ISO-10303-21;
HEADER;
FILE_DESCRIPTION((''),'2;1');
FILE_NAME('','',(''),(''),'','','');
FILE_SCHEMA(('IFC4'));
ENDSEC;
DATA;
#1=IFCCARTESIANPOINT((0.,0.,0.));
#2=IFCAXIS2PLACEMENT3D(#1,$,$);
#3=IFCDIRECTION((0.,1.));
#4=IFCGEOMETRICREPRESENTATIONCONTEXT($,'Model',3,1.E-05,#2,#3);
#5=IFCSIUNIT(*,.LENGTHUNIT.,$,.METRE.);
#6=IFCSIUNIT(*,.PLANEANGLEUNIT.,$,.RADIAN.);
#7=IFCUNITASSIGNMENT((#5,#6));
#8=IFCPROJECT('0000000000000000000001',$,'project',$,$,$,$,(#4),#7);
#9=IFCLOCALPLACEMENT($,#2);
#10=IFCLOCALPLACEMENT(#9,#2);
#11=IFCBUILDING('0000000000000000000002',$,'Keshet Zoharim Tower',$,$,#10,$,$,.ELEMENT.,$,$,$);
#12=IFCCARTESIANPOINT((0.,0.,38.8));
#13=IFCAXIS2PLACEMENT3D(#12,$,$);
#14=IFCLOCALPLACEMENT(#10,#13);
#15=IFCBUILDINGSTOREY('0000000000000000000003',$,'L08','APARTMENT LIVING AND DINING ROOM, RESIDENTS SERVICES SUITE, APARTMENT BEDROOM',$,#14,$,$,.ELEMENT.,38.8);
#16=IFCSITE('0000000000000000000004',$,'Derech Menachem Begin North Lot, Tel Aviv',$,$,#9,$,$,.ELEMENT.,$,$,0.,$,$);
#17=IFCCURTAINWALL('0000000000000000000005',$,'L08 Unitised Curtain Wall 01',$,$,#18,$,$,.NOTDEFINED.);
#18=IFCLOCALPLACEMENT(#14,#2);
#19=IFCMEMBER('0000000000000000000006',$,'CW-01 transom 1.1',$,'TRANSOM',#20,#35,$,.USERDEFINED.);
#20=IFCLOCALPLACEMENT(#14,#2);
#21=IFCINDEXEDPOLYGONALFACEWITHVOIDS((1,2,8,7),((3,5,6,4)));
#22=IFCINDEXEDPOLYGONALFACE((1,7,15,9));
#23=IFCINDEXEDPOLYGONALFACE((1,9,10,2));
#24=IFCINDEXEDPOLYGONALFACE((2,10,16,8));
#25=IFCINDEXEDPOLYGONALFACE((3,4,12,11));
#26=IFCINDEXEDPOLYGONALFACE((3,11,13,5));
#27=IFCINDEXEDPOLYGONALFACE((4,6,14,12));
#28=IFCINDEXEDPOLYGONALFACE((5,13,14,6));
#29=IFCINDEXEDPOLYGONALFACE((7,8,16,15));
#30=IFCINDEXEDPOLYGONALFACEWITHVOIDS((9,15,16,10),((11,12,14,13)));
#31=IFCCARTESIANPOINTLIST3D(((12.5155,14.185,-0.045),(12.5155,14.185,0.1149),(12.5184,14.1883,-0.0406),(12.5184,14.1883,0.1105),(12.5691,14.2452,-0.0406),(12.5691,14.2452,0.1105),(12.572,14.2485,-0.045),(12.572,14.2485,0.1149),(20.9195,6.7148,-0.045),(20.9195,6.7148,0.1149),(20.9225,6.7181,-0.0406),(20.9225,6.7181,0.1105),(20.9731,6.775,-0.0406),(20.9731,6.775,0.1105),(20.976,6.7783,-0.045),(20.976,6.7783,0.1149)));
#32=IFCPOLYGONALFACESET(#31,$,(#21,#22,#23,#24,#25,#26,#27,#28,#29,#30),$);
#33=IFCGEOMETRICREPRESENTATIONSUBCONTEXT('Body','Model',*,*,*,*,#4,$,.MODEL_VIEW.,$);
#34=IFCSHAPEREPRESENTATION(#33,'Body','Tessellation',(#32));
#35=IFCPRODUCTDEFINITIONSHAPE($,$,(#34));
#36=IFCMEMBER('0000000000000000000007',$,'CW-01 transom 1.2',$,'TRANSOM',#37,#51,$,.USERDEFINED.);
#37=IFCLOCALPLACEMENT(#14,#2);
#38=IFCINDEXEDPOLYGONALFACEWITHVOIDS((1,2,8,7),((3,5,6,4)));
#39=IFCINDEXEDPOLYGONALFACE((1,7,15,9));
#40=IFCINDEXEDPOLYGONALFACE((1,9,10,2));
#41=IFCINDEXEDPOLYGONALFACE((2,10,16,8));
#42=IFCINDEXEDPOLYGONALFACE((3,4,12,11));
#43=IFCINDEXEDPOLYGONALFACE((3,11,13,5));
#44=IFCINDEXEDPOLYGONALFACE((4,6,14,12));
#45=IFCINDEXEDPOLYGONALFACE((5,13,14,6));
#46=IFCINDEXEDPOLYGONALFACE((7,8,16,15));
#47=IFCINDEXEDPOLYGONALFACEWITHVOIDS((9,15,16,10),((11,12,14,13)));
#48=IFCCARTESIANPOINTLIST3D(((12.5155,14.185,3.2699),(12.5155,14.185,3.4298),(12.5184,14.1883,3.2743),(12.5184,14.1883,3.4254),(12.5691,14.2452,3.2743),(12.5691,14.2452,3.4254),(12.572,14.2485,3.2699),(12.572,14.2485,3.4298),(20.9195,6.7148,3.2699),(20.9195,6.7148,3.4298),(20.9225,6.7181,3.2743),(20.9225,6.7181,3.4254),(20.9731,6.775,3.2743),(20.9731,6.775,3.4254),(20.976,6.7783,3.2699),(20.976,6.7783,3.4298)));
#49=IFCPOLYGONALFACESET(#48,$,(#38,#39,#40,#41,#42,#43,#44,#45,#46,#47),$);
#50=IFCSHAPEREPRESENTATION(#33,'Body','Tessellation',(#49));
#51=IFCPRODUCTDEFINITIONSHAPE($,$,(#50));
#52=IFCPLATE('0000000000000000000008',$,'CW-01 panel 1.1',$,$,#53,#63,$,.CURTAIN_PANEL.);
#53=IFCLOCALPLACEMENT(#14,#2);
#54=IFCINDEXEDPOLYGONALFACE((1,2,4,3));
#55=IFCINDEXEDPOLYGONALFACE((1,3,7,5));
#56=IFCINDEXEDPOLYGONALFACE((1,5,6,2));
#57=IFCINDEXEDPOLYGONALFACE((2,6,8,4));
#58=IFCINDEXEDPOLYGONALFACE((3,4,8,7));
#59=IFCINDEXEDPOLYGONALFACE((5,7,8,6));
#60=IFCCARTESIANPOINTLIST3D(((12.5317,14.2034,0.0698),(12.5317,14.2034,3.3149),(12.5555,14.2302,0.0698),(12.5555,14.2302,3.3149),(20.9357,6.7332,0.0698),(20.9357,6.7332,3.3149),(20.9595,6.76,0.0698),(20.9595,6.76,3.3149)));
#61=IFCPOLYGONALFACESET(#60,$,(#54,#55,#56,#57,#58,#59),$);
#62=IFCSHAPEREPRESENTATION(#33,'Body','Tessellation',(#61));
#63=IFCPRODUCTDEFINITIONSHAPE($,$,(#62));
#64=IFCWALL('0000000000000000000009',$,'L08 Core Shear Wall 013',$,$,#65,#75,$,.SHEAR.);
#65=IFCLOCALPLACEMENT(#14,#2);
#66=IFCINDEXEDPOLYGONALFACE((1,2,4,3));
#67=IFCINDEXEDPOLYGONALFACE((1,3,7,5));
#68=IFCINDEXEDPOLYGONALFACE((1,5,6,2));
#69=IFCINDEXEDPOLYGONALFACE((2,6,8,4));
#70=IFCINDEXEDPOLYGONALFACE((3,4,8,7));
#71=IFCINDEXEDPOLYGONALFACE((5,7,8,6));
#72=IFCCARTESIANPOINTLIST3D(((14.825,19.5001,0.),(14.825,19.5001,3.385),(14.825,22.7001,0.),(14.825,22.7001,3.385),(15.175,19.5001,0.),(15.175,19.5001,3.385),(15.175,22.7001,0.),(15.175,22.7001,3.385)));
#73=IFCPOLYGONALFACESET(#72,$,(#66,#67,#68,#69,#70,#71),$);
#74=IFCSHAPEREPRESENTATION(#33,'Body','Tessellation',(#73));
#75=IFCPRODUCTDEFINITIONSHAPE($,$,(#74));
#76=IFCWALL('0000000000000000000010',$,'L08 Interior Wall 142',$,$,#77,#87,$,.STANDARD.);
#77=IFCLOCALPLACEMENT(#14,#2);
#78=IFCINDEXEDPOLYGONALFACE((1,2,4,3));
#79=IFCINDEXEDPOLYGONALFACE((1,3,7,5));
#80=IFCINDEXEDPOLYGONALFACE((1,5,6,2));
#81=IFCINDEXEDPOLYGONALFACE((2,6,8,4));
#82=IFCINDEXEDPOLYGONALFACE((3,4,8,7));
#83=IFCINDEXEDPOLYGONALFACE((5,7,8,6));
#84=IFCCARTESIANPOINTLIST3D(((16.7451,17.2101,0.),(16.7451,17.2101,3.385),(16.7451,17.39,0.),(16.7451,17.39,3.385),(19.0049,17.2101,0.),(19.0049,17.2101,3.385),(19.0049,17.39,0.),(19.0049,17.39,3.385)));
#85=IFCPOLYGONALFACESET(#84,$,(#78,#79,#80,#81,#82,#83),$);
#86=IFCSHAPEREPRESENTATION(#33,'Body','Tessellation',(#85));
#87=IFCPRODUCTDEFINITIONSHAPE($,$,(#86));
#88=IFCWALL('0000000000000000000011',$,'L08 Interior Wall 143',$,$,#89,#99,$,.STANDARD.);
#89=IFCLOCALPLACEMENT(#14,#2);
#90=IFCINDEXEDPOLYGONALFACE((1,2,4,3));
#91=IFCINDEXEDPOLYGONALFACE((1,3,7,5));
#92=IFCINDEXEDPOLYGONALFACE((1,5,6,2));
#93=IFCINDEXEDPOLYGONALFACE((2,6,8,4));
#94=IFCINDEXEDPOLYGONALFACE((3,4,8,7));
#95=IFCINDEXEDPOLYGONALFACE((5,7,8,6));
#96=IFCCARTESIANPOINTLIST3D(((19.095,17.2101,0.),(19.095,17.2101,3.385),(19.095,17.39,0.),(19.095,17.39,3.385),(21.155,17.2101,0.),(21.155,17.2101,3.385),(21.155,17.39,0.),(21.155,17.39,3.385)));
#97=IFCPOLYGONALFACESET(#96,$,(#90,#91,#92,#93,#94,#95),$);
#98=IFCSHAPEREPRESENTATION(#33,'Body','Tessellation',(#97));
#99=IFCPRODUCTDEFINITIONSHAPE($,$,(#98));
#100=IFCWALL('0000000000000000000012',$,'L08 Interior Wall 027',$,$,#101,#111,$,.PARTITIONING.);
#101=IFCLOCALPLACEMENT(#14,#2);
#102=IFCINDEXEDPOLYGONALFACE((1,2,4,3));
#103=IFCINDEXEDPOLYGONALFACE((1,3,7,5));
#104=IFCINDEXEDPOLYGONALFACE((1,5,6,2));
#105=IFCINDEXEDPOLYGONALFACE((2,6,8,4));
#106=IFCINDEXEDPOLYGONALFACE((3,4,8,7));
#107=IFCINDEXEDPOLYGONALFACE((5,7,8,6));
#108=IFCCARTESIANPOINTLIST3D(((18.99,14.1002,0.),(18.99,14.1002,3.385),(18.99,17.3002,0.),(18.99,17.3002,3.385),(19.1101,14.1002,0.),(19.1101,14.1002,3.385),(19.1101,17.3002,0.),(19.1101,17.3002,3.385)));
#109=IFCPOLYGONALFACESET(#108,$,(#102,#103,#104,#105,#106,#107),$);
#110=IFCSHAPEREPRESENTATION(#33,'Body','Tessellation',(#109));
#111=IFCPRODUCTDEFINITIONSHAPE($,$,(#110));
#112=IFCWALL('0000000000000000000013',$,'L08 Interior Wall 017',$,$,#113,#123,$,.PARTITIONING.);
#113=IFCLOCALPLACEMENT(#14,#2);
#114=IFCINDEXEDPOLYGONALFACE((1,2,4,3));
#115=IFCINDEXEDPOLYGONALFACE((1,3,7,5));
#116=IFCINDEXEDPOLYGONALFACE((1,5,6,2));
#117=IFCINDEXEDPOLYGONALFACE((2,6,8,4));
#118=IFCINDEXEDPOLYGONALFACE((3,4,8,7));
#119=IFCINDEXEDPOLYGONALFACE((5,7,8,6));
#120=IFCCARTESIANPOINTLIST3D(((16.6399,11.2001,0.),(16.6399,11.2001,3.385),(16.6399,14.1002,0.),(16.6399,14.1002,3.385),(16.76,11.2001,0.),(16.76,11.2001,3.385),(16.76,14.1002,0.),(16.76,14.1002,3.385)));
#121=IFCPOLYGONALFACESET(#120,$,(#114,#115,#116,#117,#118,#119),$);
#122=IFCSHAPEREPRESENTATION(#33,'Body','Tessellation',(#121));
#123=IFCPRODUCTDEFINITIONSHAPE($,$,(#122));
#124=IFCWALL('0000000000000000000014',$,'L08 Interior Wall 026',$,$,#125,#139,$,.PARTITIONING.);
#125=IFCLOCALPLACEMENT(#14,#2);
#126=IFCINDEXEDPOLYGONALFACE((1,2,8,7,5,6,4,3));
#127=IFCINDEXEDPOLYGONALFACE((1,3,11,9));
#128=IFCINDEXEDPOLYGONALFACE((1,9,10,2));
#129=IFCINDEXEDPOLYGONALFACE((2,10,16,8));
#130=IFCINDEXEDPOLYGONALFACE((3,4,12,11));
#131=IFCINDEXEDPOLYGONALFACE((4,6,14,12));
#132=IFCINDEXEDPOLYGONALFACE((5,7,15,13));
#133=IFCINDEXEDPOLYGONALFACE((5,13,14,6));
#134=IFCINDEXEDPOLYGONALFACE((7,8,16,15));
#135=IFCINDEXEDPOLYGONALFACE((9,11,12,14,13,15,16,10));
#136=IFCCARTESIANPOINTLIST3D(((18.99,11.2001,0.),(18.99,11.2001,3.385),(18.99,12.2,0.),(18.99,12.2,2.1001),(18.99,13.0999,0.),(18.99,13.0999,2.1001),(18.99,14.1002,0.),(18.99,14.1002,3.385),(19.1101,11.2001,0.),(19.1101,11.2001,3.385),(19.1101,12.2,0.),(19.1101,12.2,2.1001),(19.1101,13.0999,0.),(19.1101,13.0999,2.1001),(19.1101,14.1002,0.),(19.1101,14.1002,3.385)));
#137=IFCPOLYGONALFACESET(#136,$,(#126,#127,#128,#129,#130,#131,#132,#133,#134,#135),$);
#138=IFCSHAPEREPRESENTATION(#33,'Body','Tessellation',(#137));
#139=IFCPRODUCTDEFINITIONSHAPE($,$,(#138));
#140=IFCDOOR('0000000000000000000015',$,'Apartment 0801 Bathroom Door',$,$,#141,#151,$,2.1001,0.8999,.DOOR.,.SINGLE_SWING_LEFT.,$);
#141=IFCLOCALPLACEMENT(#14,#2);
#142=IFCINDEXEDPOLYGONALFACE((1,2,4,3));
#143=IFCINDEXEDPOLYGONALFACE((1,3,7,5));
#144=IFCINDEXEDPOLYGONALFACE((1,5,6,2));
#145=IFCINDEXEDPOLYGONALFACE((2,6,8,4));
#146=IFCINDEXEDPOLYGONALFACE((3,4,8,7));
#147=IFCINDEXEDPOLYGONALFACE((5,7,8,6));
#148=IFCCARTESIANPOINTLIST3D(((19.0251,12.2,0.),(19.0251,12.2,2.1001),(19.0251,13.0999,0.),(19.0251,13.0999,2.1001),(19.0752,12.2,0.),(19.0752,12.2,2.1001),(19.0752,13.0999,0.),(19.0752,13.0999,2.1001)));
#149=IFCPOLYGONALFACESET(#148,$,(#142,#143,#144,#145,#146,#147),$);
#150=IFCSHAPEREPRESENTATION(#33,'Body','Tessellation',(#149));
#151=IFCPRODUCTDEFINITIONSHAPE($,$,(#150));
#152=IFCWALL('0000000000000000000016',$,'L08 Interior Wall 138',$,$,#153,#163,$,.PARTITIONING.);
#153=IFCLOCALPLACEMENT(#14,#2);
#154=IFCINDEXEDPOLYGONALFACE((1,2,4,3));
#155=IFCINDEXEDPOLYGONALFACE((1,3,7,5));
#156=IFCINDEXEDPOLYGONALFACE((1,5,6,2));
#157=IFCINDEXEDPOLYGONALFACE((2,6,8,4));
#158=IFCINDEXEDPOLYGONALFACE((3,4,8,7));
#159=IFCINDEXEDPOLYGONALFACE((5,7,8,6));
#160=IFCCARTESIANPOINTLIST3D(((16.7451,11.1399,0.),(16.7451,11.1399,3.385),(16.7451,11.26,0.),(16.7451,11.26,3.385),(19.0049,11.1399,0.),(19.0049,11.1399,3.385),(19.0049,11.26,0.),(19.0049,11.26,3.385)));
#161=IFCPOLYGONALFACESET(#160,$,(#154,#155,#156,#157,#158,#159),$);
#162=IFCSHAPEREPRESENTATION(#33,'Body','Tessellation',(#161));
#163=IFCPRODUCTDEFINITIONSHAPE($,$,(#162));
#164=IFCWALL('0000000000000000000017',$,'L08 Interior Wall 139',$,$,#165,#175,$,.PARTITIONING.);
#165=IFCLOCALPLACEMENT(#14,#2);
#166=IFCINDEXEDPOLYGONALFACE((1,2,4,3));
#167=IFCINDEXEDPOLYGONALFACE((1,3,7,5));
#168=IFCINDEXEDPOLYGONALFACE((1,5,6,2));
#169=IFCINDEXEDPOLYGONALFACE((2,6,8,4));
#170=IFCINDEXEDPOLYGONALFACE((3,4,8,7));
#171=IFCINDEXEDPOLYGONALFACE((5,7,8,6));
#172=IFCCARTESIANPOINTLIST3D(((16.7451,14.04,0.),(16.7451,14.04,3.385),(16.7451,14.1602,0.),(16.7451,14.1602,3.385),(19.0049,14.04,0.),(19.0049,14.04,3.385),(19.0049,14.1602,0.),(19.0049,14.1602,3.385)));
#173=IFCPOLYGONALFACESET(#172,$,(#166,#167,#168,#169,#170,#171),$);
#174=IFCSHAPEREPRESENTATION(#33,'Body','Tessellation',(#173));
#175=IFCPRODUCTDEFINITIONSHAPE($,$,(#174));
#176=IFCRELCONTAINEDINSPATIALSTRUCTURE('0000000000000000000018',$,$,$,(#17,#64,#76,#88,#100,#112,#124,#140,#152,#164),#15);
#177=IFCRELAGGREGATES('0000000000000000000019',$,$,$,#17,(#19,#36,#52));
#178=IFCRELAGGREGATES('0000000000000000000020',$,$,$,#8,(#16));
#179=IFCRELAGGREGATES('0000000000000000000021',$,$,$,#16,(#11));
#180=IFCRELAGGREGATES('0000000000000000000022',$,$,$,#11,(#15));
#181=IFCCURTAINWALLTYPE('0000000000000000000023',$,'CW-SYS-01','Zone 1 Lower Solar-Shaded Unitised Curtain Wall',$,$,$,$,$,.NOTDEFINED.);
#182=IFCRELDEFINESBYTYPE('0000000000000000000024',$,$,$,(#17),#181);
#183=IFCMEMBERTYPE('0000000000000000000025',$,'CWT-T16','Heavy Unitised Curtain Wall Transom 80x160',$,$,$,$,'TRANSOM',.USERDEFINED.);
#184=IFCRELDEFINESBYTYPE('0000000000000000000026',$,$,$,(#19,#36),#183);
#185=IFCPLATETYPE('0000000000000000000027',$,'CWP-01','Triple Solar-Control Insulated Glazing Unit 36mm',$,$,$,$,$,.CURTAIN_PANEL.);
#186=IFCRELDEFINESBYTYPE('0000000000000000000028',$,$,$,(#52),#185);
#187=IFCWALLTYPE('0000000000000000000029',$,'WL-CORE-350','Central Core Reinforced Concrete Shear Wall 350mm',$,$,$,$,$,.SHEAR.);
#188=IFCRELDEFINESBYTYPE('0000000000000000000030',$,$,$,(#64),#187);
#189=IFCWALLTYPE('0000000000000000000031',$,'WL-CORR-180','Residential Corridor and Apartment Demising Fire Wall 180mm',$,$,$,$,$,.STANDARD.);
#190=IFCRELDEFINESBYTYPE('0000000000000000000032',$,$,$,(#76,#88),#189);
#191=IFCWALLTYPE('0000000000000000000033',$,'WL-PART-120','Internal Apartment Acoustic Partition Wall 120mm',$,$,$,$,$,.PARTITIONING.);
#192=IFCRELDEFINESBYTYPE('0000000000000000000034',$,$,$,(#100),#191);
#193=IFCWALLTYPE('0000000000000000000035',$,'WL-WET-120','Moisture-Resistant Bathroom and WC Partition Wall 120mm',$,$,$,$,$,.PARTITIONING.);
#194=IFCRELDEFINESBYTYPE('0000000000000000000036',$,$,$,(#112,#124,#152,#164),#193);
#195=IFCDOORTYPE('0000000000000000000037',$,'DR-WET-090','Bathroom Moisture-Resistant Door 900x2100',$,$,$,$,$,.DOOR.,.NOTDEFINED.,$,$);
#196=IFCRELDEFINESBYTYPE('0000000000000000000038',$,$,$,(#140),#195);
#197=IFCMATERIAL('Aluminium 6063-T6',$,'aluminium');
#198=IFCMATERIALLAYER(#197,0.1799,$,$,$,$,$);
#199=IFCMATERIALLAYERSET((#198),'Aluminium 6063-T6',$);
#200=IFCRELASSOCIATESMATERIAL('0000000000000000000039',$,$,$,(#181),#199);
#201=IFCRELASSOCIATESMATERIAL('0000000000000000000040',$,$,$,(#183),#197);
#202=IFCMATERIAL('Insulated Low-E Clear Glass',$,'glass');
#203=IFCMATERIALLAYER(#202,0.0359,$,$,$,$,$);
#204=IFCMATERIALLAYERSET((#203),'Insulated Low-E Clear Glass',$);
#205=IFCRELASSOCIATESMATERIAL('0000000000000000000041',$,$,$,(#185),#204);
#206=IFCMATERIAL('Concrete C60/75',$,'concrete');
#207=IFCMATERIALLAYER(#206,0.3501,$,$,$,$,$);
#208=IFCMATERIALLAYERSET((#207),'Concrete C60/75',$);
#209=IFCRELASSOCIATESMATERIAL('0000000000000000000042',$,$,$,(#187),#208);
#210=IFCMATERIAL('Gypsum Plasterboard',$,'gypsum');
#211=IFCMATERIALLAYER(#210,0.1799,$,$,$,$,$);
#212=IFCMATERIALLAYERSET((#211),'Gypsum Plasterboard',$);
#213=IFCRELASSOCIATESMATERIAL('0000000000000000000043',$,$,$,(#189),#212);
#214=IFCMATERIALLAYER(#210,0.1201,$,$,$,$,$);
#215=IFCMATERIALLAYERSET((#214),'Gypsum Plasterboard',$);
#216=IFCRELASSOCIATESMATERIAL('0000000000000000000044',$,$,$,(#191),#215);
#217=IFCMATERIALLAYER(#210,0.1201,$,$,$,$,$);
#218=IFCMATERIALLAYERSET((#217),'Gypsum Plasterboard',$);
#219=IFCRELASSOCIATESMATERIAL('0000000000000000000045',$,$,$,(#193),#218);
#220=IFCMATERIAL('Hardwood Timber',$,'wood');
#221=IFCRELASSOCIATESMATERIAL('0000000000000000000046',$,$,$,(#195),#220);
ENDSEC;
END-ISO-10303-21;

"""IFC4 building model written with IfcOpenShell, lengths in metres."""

from ifc_helpers import new_model, si_unit, direction, frame, frame_2d, origin, origin_2d, place, context, subcontext, project, spatial, rectangle, hollow_rectangle, extrude, material, layer, layer_set, material_profile, profile_set, type_object, element, fill, aggregate, save


model = new_model("IFC4")

# Units and contexts
model_context = context("Model", 3, precision=1e-05, world=origin(), true_north=direction((0.0, 1.0)))
body_context = subcontext(model_context, "Body", "Model", "MODEL_VIEW")
ifc_project = project(units=[si_unit("LENGTHUNIT", "METRE"), si_unit("PLANEANGLEUNIT", "RADIAN")], contexts=[model_context])

# Site, building, storey
site_placement = place(None, origin())
site = spatial("IfcSite", under=ifc_project, at=site_placement, Name="Derech Menachem Begin North Lot, Tel Aviv", CompositionType="ELEMENT", RefElevation=0.0)
building_placement = place(site_placement, origin())
building = spatial("IfcBuilding", under=site, at=building_placement, Name="Keshet Zoharim Tower", CompositionType="ELEMENT")
storey_placement = place(building_placement, frame((0.0, 0.0, 38.8)))
storey = spatial("IfcBuildingStorey", under=building, at=storey_placement, Name="L08", Description="APARTMENT LIVING AND DINING ROOM, RESIDENTS SERVICES SUITE, APARTMENT BEDROOM", CompositionType="ELEMENT", Elevation=38.8)

# Shared definitions
ifc_material_1 = material(Name="Concrete C60/75", Category="concrete")

# Curtain wall, members, plate
ifc_material_2 = material(Name="Aluminium 6063-T6", Category="aluminium")
ifc_layer_1 = layer(ifc_material_2, 0.1799)
ifc_layer_set_1 = layer_set([ifc_layer_1], Name="Aluminium 6063-T6")
curtain_wall_type = type_object("IfcCurtainWallType", Name="CW-SYS-01", Description="Zone 1 Lower Solar-Shaded Unitised Curtain Wall", PredefinedType="NOTDEFINED", material=ifc_layer_set_1)
curtain_wall_placement = place(storey_placement, origin())
curtain_wall = element("IfcCurtainWall", 1, at=curtain_wall_placement, inside=storey, type_object=curtain_wall_type, Name="L08 Unitised Curtain Wall 01", PredefinedType="NOTDEFINED")
ifc_material_profile_1 = material_profile(ifc_material_2, hollow_rectangle(XDim=0.085, YDim=0.1599, WallThickness=0.0044, at=origin_2d()), Name="TRN-85x160")
ifc_profile_set_1 = profile_set([ifc_material_profile_1], Name="Aluminium 6063-T6")
member_type_1 = type_object("IfcMemberType", Name="CWT-T16", Description="Heavy Unitised Curtain Wall Transom 80x160", ElementType="TRANSOM", PredefinedType="USERDEFINED", material=ifc_profile_set_1)
member_1_placement = place(storey_placement, frame((20.9478, 6.7466, 0.0349), z_axis=(-0.747412, 0.664361, 0.0), x_axis=(-0.664361, -0.747412, 0.0)))
member_1 = element("IfcMember", 2, at=member_1_placement, type_object=member_type_1, Name="CW-01 transom 1.1", ObjectType="TRANSOM", PredefinedType="USERDEFINED", context=body_context, shape_type="SweptSolid", body=[
    extrude(hollow_rectangle(XDim=0.085, YDim=0.1599, WallThickness=0.0044, at=origin_2d()), origin(), (0.0, 0.0, 1.0), 11.2441),
])
member_2_placement = place(storey_placement, frame((20.9478, 6.7466, 3.3499), z_axis=(-0.747412, 0.664361, 0.0), x_axis=(-0.664361, -0.747412, 0.0)))
member_2 = element("IfcMember", 3, at=member_2_placement, type_object=member_type_1, Name="CW-01 transom 1.2", ObjectType="TRANSOM", PredefinedType="USERDEFINED", context=body_context, shape_type="SweptSolid", body=[
    extrude(hollow_rectangle(XDim=0.085, YDim=0.1599, WallThickness=0.0044, at=origin_2d()), origin(), (0.0, 0.0, 1.0), 11.2441),
])
ifc_material_3 = material(Name="Insulated Low-E Clear Glass", Category="glass")
ifc_layer_2 = layer(ifc_material_3, 0.0359)
ifc_layer_set_2 = layer_set([ifc_layer_2], Name="Insulated Low-E Clear Glass")
plate_type = type_object("IfcPlateType", Name="CWP-01", Description="Triple Solar-Control Insulated Glazing Unit 36mm", PredefinedType="CURTAIN_PANEL", material=ifc_layer_set_2)
plate_placement = place(storey_placement, frame((16.7456, 10.4817, 0.0698), z_axis=(0.0, 0.0, 1.0), x_axis=(-0.747409, 0.664364, 0.0)))
plate = element("IfcPlate", 4, at=plate_placement, type_object=plate_type, Name="CW-01 panel 1.1", PredefinedType="CURTAIN_PANEL", context=body_context, shape_type="SweptSolid", body=[
    extrude(rectangle(XDim=11.2441, YDim=0.0359, at=origin_2d()), origin(), (0.0, 0.0, 1.0), 3.2451),
])
aggregate(curtain_wall, [member_1, member_2, plate])

# Walls
ifc_layer_3 = layer(ifc_material_1, 0.3501)
ifc_layer_set_3 = layer_set([ifc_layer_3], Name="Concrete C60/75")
wall_type_1 = type_object("IfcWallType", Name="WL-CORE-350", Description="Central Core Reinforced Concrete Shear Wall 350mm", PredefinedType="SHEAR", material=ifc_layer_set_3)
wall_1_placement = place(storey_placement, frame((15.0, 19.5, 0.0), z_axis=(0.0, 0.0, 1.0), x_axis=(0.0, 1.0, 0.0)))
element("IfcWall", 5, at=wall_1_placement, inside=storey, type_object=wall_type_1, Name="L08 Core Shear Wall 013", PredefinedType="SHEAR", context=body_context, shape_type="SweptSolid", body=[
    extrude(rectangle(XDim=3.2, YDim=0.3501, at=frame_2d((1.6001, 0.0))), origin(), (0.0, 0.0, 1.0), 3.385),
])
ifc_material_4 = material(Name="Gypsum Plasterboard", Category="gypsum")
ifc_layer_4 = layer(ifc_material_4, 0.1799)
ifc_layer_set_4 = layer_set([ifc_layer_4], Name="Gypsum Plasterboard")
wall_type_2 = type_object("IfcWallType", Name="WL-CORR-180", Description="Residential Corridor and Apartment Demising Fire Wall 180mm", PredefinedType="STANDARD", material=ifc_layer_set_4)
wall_2_placement = place(storey_placement, frame((16.7451, 17.3, 0.0), z_axis=(0.0, 0.0, 1.0), x_axis=(1.0, 0.0, 0.0)))
element("IfcWall", 6, at=wall_2_placement, inside=storey, type_object=wall_type_2, Name="L08 Interior Wall 142", PredefinedType="STANDARD", context=body_context, shape_type="SweptSolid", body=[
    extrude(rectangle(XDim=2.2598, YDim=0.1799, at=frame_2d((1.1299, 0.0))), origin(), (0.0, 0.0, 1.0), 3.385),
])
wall_3_placement = place(storey_placement, frame((19.095, 17.3, 0.0), z_axis=(0.0, 0.0, 1.0), x_axis=(1.0, 0.0, 0.0)))
element("IfcWall", 7, at=wall_3_placement, inside=storey, type_object=wall_type_2, Name="L08 Interior Wall 143", PredefinedType="STANDARD", context=body_context, shape_type="SweptSolid", body=[
    extrude(rectangle(XDim=2.0601, YDim=0.1799, at=frame_2d((1.03, 0.0))), origin(), (0.0, 0.0, 1.0), 3.385),
])

# Shared definitions
ifc_layer_5 = layer(ifc_material_4, 0.1201)
ifc_layer_set_5 = layer_set([ifc_layer_5], Name="Gypsum Plasterboard")
wall_type_3 = type_object("IfcWallType", Name="WL-PART-120", Description="Internal Apartment Acoustic Partition Wall 120mm", PredefinedType="PARTITIONING", material=ifc_layer_set_5)
ifc_material_5 = material(Name="Hardwood Timber", Category="wood")

# Walls
wall_4_placement = place(storey_placement, frame((19.05, 14.1001, 0.0), z_axis=(0.0, 0.0, 1.0), x_axis=(0.0, 1.0, 0.0)))
element("IfcWall", 8, at=wall_4_placement, inside=storey, type_object=wall_type_3, Name="L08 Interior Wall 027", PredefinedType="PARTITIONING", context=body_context, shape_type="SweptSolid", body=[
    extrude(rectangle(XDim=3.2, YDim=0.1201, at=frame_2d((1.6001, 0.0))), origin(), (0.0, 0.0, 1.0), 3.385),
])
ifc_layer_6 = layer(ifc_material_4, 0.1201)
ifc_layer_set_6 = layer_set([ifc_layer_6], Name="Gypsum Plasterboard")
wall_type_4 = type_object("IfcWallType", Name="WL-WET-120", Description="Moisture-Resistant Bathroom and WC Partition Wall 120mm", PredefinedType="PARTITIONING", material=ifc_layer_set_6)
wall_5_placement = place(storey_placement, frame((16.7, 11.2, 0.0), z_axis=(0.0, 0.0, 1.0), x_axis=(0.0, 1.0, 0.0)))
element("IfcWall", 9, at=wall_5_placement, inside=storey, type_object=wall_type_4, Name="L08 Interior Wall 017", PredefinedType="PARTITIONING", context=body_context, shape_type="SweptSolid", body=[
    extrude(rectangle(XDim=2.9001, YDim=0.1201, at=frame_2d((1.4502, 0.0))), origin(), (0.0, 0.0, 1.0), 3.385),
])

# Wall, opening, door
wall_6_placement = place(storey_placement, frame((19.05, 11.2, 0.0), z_axis=(0.0, 0.0, 1.0), x_axis=(0.0, 1.0, 0.0)))
wall_6 = element("IfcWall", 10, at=wall_6_placement, inside=storey, type_object=wall_type_4, Name="L08 Interior Wall 026", PredefinedType="PARTITIONING", context=body_context, shape_type="SweptSolid", body=[
    extrude(rectangle(XDim=2.9001, YDim=0.1201, at=frame_2d((1.4502, 0.0))), origin(), (0.0, 0.0, 1.0), 3.385),
])
opening_1_placement = place(wall_6_placement, frame((1.0, 0.0, 0.0)))
opening_1 = element("IfcOpeningElement", 11, at=opening_1_placement, cuts=wall_6, PredefinedType="OPENING", context=body_context, shape_type="SweptSolid", body=[
    extrude(rectangle(XDim=0.8999, YDim=2.1001, at=frame_2d((0.45, 1.05))), frame((0.0, 0.0701, 0.0), z_axis=(0.0, -1.0, 0.0), x_axis=(1.0, 0.0, 0.0)), (0.0, 0.0, 1.0), 0.1401),
])
door_type_1 = type_object("IfcDoorType", Name="DR-WET-090", Description="Bathroom Moisture-Resistant Door 900x2100", OperationType="NOTDEFINED", PredefinedType="DOOR", material=ifc_material_5)
door_1_placement = place(opening_1_placement, origin())
door_1 = element("IfcDoor", 12, at=door_1_placement, inside=storey, type_object=door_type_1, Name="Apartment 0801 Bathroom Door", OperationType="SINGLE_SWING_LEFT", OverallHeight=2.1001, OverallWidth=0.8999, PredefinedType="DOOR", context=body_context, shape_type="SweptSolid", body=[
    extrude(rectangle(XDim=0.8999, YDim=2.1001, at=frame_2d((0.45, 1.05))), frame((0.0, 0.0249, 0.0), z_axis=(0.0, -1.0, 0.0), x_axis=(1.0, 0.0, 0.0)), (0.0, 0.0, 1.0), 0.05),
])
fill(opening_1, door_1)

# Walls
for number, where, z_axis, x_axis, name in (
    (13, (16.7451, 11.2, 0.0), (0.0, 0.0, 1.0), (1.0, 0.0, 0.0), "L08 Interior Wall 138"),
    (14, (16.7451, 14.1001, 0.0), (0.0, 0.0, 1.0), (1.0, 0.0, 0.0), "L08 Interior Wall 139"),
):
    element("IfcWall", number, at=place(storey_placement, frame(where, z_axis=z_axis, x_axis=x_axis)), inside=storey, type_object=wall_type_4, Name=name, PredefinedType="PARTITIONING", context=body_context, shape_type="SweptSolid", body=[
        extrude(rectangle(XDim=2.2598, YDim=0.1201, at=frame_2d((1.1299, 0.0))), origin(), (0.0, 0.0, 1.0), 3.385),
    ])

save(model, "model.ifc")
